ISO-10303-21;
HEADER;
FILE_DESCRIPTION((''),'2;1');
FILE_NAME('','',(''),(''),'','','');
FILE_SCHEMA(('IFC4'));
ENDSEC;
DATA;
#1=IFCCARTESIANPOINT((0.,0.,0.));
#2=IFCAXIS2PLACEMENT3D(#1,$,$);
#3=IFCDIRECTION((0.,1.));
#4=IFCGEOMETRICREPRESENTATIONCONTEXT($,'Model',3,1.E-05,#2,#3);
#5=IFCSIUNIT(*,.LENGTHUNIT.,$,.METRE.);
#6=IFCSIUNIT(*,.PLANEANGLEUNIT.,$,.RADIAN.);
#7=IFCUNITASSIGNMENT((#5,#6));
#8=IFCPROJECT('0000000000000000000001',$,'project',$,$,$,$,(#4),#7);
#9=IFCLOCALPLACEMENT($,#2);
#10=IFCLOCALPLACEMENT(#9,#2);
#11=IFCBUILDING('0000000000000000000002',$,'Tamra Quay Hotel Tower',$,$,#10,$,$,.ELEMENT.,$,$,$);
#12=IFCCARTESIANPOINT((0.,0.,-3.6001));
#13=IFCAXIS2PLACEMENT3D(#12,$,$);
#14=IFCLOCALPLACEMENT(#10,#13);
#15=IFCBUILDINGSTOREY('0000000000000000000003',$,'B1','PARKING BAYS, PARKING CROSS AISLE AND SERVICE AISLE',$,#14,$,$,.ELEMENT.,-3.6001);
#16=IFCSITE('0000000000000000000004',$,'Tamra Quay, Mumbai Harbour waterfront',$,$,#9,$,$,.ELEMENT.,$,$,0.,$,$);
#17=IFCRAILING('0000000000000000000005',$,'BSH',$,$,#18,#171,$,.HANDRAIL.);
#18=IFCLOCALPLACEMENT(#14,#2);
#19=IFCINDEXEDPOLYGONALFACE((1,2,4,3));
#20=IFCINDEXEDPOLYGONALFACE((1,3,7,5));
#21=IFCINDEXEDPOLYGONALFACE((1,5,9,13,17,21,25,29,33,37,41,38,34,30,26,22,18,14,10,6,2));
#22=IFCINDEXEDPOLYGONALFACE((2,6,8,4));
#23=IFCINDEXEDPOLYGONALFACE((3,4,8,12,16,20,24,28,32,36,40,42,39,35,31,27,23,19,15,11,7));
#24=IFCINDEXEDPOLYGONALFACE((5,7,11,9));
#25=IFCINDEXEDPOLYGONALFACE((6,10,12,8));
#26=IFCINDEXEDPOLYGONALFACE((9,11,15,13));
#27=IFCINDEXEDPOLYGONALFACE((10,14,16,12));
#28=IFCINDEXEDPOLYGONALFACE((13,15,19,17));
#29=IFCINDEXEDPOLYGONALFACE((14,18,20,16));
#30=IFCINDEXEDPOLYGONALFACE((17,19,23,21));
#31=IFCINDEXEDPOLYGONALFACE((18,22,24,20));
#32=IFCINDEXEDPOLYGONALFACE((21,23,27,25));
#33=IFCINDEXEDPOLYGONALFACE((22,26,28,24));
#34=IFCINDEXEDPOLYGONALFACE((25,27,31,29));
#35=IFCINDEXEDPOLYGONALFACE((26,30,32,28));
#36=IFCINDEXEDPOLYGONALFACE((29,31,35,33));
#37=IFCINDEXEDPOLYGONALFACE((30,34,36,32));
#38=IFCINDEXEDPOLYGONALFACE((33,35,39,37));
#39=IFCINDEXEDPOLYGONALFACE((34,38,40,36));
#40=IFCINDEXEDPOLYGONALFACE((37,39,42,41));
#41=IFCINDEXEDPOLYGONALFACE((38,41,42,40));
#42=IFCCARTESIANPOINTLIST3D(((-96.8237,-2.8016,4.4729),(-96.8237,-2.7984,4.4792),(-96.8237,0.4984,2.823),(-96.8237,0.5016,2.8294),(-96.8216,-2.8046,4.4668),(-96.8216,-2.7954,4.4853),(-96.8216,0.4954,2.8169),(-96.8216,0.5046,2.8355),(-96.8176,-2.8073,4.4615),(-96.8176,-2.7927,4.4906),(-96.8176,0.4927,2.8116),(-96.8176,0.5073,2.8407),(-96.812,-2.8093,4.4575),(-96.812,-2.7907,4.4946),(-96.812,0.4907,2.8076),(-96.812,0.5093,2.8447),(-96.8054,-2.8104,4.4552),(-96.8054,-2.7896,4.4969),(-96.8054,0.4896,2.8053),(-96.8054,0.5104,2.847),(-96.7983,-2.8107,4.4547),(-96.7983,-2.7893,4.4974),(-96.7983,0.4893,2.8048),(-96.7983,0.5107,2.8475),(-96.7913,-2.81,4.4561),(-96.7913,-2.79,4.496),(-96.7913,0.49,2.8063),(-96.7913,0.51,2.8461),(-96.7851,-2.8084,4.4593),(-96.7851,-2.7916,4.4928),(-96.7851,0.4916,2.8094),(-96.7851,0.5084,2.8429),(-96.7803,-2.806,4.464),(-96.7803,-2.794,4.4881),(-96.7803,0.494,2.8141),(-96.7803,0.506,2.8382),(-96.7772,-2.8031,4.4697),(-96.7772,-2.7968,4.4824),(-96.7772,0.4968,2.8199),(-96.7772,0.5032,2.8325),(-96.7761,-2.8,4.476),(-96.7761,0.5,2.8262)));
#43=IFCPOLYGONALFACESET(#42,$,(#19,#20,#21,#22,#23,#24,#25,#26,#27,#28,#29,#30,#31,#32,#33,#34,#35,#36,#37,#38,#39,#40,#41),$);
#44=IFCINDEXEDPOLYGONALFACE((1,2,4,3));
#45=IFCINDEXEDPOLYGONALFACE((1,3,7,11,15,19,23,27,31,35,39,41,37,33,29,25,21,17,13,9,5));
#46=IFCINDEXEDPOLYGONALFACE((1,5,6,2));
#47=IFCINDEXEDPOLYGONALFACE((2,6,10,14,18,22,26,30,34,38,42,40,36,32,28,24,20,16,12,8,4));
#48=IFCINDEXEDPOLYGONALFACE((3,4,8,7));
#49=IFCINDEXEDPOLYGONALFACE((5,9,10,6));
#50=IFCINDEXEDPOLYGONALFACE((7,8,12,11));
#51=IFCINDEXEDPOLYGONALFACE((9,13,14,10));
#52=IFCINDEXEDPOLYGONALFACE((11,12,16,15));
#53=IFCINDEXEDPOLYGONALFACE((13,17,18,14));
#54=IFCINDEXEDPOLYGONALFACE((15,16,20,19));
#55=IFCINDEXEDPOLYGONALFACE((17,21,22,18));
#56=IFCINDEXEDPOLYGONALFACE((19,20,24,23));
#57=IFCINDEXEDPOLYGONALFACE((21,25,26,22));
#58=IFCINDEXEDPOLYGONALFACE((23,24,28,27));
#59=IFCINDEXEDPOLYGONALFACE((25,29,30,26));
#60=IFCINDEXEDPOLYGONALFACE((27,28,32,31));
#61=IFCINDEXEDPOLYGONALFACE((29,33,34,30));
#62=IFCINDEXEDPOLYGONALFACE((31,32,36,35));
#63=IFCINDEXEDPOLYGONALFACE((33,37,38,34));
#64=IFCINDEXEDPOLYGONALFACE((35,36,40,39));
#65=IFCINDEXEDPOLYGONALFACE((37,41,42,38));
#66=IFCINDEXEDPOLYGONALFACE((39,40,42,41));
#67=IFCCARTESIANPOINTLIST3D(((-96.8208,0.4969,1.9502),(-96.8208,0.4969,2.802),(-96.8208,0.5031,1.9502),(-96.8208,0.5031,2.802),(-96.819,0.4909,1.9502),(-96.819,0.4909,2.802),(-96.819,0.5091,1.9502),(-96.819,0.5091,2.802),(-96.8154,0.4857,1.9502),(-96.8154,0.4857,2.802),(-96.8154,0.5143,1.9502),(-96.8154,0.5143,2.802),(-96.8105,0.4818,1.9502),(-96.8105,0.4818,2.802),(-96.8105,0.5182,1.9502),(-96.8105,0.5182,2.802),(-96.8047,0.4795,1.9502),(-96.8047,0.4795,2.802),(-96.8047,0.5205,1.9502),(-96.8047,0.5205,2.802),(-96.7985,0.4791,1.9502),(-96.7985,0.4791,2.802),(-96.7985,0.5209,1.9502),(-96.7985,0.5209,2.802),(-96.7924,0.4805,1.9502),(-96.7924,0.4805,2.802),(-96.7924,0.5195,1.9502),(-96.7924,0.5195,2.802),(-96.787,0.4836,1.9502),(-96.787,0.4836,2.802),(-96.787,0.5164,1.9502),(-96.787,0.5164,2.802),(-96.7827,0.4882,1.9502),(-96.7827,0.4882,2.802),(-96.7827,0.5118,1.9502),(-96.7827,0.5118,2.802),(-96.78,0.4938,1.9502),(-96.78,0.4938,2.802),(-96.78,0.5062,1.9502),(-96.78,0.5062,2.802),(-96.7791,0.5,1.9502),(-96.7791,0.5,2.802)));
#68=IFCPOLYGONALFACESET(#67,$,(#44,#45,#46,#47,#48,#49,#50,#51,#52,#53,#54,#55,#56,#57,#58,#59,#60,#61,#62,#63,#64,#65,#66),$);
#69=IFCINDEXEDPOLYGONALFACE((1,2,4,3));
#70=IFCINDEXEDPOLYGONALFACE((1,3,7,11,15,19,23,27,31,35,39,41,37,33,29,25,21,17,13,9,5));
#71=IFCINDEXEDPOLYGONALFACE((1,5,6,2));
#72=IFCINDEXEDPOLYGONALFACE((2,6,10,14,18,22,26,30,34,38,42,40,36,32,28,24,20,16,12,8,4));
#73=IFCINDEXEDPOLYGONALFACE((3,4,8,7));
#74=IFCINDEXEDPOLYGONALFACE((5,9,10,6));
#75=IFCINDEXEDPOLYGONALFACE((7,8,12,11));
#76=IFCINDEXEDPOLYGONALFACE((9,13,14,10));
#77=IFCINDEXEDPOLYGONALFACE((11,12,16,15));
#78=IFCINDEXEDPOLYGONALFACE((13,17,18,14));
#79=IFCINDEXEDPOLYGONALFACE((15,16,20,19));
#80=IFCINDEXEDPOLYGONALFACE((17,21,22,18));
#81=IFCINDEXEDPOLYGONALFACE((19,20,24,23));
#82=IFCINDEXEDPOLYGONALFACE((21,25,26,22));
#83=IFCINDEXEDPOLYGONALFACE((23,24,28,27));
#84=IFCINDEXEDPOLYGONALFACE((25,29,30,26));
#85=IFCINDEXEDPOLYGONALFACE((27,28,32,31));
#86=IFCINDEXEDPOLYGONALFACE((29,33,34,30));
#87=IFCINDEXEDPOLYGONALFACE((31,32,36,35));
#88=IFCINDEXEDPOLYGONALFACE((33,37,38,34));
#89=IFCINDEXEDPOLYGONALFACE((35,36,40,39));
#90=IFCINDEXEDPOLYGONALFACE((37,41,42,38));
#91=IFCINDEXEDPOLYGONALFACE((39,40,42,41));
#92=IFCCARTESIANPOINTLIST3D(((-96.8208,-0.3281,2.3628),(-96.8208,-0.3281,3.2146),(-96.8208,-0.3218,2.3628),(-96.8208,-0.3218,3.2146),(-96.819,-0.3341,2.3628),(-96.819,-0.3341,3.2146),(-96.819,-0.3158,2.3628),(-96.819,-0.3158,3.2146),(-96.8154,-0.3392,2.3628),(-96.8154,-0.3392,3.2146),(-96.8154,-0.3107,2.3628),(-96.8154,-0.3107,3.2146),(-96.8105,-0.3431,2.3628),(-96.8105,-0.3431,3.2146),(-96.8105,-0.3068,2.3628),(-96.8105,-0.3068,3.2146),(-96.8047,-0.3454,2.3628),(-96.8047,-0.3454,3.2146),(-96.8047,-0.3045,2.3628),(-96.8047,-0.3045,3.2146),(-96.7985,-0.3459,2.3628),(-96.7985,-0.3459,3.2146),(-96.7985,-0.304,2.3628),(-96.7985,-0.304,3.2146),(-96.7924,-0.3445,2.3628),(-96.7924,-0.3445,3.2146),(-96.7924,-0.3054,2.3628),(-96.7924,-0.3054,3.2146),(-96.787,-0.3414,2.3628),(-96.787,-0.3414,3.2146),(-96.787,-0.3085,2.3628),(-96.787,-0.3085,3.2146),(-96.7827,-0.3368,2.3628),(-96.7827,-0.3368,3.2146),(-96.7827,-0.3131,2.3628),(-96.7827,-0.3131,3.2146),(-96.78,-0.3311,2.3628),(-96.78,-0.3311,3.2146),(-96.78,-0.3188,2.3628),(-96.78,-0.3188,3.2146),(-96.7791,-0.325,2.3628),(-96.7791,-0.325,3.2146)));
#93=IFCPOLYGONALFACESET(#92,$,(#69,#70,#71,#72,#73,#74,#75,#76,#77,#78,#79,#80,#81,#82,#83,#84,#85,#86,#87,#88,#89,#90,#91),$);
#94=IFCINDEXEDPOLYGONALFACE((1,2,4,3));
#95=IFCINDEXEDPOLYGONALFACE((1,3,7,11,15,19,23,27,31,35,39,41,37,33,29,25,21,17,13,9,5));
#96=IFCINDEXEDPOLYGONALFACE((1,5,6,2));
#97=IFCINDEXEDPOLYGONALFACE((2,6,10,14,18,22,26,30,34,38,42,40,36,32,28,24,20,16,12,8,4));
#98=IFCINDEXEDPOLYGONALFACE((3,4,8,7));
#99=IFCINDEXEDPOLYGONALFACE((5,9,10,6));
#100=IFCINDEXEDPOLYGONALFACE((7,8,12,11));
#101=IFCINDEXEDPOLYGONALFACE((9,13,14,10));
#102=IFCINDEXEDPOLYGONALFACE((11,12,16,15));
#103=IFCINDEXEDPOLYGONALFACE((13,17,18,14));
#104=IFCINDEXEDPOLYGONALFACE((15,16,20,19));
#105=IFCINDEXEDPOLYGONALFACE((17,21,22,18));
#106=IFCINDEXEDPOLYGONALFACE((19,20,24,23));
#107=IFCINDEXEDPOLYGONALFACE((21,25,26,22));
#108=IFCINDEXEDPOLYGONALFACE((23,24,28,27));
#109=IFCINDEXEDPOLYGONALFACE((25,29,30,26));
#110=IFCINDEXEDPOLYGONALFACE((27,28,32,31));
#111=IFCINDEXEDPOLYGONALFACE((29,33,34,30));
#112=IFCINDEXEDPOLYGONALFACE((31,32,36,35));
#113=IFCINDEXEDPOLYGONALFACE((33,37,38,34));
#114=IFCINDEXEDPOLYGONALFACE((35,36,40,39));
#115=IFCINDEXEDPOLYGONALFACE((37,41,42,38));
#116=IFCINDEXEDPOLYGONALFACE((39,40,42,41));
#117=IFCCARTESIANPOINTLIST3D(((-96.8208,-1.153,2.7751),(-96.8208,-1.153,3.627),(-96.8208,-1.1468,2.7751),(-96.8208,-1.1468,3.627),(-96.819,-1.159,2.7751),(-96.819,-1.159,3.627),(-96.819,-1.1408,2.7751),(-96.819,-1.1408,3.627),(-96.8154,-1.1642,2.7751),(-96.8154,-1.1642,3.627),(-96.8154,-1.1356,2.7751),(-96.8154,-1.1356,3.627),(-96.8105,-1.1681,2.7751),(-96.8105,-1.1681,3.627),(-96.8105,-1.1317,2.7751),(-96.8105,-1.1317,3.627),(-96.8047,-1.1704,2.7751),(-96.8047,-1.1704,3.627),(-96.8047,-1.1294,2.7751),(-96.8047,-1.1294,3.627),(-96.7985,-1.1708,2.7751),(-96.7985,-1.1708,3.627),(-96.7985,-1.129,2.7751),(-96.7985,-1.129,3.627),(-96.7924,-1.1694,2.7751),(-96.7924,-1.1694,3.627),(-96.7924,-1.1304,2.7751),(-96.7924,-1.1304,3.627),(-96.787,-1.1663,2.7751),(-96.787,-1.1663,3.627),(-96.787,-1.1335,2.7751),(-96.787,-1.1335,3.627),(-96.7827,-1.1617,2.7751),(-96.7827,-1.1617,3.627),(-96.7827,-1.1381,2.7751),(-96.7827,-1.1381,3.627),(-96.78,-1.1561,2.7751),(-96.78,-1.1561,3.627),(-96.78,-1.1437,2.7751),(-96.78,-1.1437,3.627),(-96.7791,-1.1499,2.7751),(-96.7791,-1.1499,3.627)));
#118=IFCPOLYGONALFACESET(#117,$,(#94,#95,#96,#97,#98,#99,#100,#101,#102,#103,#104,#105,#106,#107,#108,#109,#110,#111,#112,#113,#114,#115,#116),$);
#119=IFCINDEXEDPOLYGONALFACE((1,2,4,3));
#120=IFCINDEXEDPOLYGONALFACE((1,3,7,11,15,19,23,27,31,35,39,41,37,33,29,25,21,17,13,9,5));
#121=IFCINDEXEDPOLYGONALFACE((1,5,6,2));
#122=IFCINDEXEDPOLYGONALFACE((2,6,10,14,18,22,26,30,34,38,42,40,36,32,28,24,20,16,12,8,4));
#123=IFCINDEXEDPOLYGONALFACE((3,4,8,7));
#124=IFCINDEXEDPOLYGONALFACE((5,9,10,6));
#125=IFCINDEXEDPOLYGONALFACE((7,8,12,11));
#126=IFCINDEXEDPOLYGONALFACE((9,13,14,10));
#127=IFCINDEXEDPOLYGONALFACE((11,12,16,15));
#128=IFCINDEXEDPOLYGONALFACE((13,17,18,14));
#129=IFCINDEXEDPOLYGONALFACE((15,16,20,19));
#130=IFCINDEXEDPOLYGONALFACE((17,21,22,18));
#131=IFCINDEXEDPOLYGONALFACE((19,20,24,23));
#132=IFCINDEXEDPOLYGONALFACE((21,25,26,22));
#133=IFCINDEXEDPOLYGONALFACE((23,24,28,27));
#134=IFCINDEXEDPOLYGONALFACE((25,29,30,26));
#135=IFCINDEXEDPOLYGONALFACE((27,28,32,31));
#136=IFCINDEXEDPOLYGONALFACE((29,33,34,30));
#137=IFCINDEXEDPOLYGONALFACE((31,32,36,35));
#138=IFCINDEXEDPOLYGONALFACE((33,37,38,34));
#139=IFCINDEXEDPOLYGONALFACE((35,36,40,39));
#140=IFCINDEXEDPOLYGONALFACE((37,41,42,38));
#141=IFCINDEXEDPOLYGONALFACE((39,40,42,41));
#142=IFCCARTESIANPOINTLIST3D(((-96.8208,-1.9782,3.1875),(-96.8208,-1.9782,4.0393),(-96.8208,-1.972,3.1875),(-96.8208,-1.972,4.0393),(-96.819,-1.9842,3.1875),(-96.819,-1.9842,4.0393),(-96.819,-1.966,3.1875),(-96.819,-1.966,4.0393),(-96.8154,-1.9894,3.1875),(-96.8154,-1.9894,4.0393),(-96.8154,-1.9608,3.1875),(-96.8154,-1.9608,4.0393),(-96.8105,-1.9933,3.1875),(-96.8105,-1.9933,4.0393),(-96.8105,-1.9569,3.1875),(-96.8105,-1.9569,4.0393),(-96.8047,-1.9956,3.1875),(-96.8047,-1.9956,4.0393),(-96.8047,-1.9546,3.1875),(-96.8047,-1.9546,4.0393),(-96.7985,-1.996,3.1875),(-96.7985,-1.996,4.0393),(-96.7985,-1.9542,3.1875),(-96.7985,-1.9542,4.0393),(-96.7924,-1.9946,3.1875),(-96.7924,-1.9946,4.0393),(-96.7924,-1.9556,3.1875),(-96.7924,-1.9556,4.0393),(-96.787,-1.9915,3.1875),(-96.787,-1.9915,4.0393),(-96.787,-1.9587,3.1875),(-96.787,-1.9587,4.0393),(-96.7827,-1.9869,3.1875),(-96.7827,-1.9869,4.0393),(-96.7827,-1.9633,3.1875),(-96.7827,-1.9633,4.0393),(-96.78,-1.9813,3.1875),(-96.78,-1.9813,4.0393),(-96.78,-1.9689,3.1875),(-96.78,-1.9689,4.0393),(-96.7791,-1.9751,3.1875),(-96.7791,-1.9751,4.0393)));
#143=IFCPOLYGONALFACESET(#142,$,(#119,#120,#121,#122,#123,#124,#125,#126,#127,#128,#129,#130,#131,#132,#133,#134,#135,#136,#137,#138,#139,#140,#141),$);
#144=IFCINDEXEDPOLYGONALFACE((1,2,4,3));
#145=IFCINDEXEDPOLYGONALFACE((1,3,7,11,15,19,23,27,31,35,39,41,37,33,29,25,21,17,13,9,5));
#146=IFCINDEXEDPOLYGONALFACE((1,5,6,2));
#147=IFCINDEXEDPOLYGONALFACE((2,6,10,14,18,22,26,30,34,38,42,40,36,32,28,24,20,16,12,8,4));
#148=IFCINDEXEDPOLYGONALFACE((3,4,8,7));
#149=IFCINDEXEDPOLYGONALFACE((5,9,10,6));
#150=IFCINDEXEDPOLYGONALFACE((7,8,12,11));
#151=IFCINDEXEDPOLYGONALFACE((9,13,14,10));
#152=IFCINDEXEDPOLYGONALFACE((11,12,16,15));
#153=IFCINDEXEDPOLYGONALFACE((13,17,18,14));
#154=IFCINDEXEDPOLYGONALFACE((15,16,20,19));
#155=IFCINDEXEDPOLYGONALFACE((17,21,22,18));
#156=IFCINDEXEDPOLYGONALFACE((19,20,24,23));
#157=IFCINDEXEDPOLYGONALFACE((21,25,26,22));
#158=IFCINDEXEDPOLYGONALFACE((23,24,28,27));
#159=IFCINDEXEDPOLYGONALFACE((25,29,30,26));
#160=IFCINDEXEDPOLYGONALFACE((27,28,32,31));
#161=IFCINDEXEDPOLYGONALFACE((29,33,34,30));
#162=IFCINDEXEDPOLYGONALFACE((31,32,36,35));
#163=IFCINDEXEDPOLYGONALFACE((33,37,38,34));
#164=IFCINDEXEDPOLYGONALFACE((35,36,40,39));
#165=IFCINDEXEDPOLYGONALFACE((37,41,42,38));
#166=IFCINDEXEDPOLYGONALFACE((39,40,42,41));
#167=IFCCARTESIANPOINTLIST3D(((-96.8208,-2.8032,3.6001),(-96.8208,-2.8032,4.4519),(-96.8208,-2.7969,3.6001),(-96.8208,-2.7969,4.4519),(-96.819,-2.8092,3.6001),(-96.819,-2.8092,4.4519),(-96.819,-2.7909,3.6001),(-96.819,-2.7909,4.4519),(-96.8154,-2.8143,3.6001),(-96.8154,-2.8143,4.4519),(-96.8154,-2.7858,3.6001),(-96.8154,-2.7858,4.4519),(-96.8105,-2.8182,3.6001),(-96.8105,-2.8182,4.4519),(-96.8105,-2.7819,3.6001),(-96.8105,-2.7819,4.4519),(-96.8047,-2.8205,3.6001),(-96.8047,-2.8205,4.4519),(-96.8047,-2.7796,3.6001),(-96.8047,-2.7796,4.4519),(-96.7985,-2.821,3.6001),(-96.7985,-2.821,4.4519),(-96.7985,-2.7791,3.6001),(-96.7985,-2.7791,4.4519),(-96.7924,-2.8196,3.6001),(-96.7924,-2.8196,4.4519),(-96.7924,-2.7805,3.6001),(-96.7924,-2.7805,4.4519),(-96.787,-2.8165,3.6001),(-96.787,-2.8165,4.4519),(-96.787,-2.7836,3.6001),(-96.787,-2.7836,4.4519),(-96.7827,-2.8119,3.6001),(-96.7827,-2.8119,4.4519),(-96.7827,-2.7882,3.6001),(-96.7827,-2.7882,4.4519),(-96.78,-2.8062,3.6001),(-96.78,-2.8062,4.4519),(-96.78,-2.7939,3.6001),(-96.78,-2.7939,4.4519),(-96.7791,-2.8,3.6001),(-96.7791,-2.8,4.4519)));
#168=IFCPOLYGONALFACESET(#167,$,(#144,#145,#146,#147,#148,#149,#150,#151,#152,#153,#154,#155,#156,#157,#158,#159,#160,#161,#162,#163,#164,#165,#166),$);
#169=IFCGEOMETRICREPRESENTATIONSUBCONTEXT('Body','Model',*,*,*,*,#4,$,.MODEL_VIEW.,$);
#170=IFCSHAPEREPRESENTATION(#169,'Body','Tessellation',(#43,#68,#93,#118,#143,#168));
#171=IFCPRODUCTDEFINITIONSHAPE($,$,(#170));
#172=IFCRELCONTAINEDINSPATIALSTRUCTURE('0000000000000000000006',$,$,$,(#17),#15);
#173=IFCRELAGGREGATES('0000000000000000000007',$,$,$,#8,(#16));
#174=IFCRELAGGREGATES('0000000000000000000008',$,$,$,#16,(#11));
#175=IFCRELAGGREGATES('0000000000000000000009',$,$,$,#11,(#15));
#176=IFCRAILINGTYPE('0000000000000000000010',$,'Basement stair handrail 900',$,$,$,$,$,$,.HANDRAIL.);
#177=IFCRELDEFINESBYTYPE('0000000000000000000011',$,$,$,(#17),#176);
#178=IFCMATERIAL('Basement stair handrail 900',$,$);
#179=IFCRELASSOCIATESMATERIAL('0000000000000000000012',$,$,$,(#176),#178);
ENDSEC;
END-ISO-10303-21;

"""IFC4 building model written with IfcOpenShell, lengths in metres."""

from ifc_helpers import new_model, si_unit, direction, frame, origin, origin_2d, place, context, subcontext, project, spatial, circle, extrude, material, type_object, element, save


model = new_model("IFC4")

# Units and contexts
model_context = context("Model", 3, precision=1e-05, world=origin(), true_north=direction((0.0, 1.0)))
body_context = subcontext(model_context, "Body", "Model", "MODEL_VIEW")
ifc_project = project(units=[si_unit("LENGTHUNIT", "METRE"), si_unit("PLANEANGLEUNIT", "RADIAN")], contexts=[model_context])

# Site, building, storey
site_placement = place(None, origin())
site = spatial("IfcSite", under=ifc_project, at=site_placement, Name="Tamra Quay, Mumbai Harbour waterfront", CompositionType="ELEMENT", RefElevation=0.0)
building_placement = place(site_placement, origin())
building = spatial("IfcBuilding", under=site, at=building_placement, Name="Tamra Quay Hotel Tower", CompositionType="ELEMENT")
storey_placement = place(building_placement, frame((0.0, 0.0, -3.6001)))
storey = spatial("IfcBuildingStorey", under=building, at=storey_placement, Name="B1", Description="PARKING BAYS, PARKING CROSS AISLE AND SERVICE AISLE", CompositionType="ELEMENT", Elevation=-3.6001)

# Railing
ifc_material_1 = material(Name="Basement stair handrail 900")
railing_type_1 = type_object("IfcRailingType", Name="Basement stair handrail 900", PredefinedType="HANDRAIL", material=ifc_material_1)
railing_1_placement = place(storey_placement, frame((-96.8, 0.5, 1.9502)))
element("IfcRailing", 1, at=railing_1_placement, inside=storey, type_object=railing_type_1, Name="BSH", PredefinedType="HANDRAIL", context=body_context, shape_type="SweptSolid", body=[
    extrude(circle(Radius=0.0239, at=origin_2d()), frame((0.0, 0.0, 0.876), z_axis=(0.0, -0.89444, 0.447187), x_axis=(1.0, 0.0, 0.0)), (0.0, 0.0, 1.0), 3.6895),
    extrude(circle(Radius=0.021, at=origin_2d()), origin(), (0.0, 0.0, 1.0), 0.8518),
    extrude(circle(Radius=0.021, at=origin_2d()), frame((0.0, -0.825, 0.4126)), (0.0, 0.0, 1.0), 0.8518),
    extrude(circle(Radius=0.021, at=origin_2d()), frame((0.0, -1.6499, 0.825)), (0.0, 0.0, 1.0), 0.8518),
    extrude(circle(Radius=0.021, at=origin_2d()), frame((0.0, -2.4751, 1.2373)), (0.0, 0.0, 1.0), 0.8518),
    extrude(circle(Radius=0.021, at=origin_2d()), frame((0.0, -3.3, 1.6499)), (0.0, 0.0, 1.0), 0.8518),
])

save(model, "model.ifc")
